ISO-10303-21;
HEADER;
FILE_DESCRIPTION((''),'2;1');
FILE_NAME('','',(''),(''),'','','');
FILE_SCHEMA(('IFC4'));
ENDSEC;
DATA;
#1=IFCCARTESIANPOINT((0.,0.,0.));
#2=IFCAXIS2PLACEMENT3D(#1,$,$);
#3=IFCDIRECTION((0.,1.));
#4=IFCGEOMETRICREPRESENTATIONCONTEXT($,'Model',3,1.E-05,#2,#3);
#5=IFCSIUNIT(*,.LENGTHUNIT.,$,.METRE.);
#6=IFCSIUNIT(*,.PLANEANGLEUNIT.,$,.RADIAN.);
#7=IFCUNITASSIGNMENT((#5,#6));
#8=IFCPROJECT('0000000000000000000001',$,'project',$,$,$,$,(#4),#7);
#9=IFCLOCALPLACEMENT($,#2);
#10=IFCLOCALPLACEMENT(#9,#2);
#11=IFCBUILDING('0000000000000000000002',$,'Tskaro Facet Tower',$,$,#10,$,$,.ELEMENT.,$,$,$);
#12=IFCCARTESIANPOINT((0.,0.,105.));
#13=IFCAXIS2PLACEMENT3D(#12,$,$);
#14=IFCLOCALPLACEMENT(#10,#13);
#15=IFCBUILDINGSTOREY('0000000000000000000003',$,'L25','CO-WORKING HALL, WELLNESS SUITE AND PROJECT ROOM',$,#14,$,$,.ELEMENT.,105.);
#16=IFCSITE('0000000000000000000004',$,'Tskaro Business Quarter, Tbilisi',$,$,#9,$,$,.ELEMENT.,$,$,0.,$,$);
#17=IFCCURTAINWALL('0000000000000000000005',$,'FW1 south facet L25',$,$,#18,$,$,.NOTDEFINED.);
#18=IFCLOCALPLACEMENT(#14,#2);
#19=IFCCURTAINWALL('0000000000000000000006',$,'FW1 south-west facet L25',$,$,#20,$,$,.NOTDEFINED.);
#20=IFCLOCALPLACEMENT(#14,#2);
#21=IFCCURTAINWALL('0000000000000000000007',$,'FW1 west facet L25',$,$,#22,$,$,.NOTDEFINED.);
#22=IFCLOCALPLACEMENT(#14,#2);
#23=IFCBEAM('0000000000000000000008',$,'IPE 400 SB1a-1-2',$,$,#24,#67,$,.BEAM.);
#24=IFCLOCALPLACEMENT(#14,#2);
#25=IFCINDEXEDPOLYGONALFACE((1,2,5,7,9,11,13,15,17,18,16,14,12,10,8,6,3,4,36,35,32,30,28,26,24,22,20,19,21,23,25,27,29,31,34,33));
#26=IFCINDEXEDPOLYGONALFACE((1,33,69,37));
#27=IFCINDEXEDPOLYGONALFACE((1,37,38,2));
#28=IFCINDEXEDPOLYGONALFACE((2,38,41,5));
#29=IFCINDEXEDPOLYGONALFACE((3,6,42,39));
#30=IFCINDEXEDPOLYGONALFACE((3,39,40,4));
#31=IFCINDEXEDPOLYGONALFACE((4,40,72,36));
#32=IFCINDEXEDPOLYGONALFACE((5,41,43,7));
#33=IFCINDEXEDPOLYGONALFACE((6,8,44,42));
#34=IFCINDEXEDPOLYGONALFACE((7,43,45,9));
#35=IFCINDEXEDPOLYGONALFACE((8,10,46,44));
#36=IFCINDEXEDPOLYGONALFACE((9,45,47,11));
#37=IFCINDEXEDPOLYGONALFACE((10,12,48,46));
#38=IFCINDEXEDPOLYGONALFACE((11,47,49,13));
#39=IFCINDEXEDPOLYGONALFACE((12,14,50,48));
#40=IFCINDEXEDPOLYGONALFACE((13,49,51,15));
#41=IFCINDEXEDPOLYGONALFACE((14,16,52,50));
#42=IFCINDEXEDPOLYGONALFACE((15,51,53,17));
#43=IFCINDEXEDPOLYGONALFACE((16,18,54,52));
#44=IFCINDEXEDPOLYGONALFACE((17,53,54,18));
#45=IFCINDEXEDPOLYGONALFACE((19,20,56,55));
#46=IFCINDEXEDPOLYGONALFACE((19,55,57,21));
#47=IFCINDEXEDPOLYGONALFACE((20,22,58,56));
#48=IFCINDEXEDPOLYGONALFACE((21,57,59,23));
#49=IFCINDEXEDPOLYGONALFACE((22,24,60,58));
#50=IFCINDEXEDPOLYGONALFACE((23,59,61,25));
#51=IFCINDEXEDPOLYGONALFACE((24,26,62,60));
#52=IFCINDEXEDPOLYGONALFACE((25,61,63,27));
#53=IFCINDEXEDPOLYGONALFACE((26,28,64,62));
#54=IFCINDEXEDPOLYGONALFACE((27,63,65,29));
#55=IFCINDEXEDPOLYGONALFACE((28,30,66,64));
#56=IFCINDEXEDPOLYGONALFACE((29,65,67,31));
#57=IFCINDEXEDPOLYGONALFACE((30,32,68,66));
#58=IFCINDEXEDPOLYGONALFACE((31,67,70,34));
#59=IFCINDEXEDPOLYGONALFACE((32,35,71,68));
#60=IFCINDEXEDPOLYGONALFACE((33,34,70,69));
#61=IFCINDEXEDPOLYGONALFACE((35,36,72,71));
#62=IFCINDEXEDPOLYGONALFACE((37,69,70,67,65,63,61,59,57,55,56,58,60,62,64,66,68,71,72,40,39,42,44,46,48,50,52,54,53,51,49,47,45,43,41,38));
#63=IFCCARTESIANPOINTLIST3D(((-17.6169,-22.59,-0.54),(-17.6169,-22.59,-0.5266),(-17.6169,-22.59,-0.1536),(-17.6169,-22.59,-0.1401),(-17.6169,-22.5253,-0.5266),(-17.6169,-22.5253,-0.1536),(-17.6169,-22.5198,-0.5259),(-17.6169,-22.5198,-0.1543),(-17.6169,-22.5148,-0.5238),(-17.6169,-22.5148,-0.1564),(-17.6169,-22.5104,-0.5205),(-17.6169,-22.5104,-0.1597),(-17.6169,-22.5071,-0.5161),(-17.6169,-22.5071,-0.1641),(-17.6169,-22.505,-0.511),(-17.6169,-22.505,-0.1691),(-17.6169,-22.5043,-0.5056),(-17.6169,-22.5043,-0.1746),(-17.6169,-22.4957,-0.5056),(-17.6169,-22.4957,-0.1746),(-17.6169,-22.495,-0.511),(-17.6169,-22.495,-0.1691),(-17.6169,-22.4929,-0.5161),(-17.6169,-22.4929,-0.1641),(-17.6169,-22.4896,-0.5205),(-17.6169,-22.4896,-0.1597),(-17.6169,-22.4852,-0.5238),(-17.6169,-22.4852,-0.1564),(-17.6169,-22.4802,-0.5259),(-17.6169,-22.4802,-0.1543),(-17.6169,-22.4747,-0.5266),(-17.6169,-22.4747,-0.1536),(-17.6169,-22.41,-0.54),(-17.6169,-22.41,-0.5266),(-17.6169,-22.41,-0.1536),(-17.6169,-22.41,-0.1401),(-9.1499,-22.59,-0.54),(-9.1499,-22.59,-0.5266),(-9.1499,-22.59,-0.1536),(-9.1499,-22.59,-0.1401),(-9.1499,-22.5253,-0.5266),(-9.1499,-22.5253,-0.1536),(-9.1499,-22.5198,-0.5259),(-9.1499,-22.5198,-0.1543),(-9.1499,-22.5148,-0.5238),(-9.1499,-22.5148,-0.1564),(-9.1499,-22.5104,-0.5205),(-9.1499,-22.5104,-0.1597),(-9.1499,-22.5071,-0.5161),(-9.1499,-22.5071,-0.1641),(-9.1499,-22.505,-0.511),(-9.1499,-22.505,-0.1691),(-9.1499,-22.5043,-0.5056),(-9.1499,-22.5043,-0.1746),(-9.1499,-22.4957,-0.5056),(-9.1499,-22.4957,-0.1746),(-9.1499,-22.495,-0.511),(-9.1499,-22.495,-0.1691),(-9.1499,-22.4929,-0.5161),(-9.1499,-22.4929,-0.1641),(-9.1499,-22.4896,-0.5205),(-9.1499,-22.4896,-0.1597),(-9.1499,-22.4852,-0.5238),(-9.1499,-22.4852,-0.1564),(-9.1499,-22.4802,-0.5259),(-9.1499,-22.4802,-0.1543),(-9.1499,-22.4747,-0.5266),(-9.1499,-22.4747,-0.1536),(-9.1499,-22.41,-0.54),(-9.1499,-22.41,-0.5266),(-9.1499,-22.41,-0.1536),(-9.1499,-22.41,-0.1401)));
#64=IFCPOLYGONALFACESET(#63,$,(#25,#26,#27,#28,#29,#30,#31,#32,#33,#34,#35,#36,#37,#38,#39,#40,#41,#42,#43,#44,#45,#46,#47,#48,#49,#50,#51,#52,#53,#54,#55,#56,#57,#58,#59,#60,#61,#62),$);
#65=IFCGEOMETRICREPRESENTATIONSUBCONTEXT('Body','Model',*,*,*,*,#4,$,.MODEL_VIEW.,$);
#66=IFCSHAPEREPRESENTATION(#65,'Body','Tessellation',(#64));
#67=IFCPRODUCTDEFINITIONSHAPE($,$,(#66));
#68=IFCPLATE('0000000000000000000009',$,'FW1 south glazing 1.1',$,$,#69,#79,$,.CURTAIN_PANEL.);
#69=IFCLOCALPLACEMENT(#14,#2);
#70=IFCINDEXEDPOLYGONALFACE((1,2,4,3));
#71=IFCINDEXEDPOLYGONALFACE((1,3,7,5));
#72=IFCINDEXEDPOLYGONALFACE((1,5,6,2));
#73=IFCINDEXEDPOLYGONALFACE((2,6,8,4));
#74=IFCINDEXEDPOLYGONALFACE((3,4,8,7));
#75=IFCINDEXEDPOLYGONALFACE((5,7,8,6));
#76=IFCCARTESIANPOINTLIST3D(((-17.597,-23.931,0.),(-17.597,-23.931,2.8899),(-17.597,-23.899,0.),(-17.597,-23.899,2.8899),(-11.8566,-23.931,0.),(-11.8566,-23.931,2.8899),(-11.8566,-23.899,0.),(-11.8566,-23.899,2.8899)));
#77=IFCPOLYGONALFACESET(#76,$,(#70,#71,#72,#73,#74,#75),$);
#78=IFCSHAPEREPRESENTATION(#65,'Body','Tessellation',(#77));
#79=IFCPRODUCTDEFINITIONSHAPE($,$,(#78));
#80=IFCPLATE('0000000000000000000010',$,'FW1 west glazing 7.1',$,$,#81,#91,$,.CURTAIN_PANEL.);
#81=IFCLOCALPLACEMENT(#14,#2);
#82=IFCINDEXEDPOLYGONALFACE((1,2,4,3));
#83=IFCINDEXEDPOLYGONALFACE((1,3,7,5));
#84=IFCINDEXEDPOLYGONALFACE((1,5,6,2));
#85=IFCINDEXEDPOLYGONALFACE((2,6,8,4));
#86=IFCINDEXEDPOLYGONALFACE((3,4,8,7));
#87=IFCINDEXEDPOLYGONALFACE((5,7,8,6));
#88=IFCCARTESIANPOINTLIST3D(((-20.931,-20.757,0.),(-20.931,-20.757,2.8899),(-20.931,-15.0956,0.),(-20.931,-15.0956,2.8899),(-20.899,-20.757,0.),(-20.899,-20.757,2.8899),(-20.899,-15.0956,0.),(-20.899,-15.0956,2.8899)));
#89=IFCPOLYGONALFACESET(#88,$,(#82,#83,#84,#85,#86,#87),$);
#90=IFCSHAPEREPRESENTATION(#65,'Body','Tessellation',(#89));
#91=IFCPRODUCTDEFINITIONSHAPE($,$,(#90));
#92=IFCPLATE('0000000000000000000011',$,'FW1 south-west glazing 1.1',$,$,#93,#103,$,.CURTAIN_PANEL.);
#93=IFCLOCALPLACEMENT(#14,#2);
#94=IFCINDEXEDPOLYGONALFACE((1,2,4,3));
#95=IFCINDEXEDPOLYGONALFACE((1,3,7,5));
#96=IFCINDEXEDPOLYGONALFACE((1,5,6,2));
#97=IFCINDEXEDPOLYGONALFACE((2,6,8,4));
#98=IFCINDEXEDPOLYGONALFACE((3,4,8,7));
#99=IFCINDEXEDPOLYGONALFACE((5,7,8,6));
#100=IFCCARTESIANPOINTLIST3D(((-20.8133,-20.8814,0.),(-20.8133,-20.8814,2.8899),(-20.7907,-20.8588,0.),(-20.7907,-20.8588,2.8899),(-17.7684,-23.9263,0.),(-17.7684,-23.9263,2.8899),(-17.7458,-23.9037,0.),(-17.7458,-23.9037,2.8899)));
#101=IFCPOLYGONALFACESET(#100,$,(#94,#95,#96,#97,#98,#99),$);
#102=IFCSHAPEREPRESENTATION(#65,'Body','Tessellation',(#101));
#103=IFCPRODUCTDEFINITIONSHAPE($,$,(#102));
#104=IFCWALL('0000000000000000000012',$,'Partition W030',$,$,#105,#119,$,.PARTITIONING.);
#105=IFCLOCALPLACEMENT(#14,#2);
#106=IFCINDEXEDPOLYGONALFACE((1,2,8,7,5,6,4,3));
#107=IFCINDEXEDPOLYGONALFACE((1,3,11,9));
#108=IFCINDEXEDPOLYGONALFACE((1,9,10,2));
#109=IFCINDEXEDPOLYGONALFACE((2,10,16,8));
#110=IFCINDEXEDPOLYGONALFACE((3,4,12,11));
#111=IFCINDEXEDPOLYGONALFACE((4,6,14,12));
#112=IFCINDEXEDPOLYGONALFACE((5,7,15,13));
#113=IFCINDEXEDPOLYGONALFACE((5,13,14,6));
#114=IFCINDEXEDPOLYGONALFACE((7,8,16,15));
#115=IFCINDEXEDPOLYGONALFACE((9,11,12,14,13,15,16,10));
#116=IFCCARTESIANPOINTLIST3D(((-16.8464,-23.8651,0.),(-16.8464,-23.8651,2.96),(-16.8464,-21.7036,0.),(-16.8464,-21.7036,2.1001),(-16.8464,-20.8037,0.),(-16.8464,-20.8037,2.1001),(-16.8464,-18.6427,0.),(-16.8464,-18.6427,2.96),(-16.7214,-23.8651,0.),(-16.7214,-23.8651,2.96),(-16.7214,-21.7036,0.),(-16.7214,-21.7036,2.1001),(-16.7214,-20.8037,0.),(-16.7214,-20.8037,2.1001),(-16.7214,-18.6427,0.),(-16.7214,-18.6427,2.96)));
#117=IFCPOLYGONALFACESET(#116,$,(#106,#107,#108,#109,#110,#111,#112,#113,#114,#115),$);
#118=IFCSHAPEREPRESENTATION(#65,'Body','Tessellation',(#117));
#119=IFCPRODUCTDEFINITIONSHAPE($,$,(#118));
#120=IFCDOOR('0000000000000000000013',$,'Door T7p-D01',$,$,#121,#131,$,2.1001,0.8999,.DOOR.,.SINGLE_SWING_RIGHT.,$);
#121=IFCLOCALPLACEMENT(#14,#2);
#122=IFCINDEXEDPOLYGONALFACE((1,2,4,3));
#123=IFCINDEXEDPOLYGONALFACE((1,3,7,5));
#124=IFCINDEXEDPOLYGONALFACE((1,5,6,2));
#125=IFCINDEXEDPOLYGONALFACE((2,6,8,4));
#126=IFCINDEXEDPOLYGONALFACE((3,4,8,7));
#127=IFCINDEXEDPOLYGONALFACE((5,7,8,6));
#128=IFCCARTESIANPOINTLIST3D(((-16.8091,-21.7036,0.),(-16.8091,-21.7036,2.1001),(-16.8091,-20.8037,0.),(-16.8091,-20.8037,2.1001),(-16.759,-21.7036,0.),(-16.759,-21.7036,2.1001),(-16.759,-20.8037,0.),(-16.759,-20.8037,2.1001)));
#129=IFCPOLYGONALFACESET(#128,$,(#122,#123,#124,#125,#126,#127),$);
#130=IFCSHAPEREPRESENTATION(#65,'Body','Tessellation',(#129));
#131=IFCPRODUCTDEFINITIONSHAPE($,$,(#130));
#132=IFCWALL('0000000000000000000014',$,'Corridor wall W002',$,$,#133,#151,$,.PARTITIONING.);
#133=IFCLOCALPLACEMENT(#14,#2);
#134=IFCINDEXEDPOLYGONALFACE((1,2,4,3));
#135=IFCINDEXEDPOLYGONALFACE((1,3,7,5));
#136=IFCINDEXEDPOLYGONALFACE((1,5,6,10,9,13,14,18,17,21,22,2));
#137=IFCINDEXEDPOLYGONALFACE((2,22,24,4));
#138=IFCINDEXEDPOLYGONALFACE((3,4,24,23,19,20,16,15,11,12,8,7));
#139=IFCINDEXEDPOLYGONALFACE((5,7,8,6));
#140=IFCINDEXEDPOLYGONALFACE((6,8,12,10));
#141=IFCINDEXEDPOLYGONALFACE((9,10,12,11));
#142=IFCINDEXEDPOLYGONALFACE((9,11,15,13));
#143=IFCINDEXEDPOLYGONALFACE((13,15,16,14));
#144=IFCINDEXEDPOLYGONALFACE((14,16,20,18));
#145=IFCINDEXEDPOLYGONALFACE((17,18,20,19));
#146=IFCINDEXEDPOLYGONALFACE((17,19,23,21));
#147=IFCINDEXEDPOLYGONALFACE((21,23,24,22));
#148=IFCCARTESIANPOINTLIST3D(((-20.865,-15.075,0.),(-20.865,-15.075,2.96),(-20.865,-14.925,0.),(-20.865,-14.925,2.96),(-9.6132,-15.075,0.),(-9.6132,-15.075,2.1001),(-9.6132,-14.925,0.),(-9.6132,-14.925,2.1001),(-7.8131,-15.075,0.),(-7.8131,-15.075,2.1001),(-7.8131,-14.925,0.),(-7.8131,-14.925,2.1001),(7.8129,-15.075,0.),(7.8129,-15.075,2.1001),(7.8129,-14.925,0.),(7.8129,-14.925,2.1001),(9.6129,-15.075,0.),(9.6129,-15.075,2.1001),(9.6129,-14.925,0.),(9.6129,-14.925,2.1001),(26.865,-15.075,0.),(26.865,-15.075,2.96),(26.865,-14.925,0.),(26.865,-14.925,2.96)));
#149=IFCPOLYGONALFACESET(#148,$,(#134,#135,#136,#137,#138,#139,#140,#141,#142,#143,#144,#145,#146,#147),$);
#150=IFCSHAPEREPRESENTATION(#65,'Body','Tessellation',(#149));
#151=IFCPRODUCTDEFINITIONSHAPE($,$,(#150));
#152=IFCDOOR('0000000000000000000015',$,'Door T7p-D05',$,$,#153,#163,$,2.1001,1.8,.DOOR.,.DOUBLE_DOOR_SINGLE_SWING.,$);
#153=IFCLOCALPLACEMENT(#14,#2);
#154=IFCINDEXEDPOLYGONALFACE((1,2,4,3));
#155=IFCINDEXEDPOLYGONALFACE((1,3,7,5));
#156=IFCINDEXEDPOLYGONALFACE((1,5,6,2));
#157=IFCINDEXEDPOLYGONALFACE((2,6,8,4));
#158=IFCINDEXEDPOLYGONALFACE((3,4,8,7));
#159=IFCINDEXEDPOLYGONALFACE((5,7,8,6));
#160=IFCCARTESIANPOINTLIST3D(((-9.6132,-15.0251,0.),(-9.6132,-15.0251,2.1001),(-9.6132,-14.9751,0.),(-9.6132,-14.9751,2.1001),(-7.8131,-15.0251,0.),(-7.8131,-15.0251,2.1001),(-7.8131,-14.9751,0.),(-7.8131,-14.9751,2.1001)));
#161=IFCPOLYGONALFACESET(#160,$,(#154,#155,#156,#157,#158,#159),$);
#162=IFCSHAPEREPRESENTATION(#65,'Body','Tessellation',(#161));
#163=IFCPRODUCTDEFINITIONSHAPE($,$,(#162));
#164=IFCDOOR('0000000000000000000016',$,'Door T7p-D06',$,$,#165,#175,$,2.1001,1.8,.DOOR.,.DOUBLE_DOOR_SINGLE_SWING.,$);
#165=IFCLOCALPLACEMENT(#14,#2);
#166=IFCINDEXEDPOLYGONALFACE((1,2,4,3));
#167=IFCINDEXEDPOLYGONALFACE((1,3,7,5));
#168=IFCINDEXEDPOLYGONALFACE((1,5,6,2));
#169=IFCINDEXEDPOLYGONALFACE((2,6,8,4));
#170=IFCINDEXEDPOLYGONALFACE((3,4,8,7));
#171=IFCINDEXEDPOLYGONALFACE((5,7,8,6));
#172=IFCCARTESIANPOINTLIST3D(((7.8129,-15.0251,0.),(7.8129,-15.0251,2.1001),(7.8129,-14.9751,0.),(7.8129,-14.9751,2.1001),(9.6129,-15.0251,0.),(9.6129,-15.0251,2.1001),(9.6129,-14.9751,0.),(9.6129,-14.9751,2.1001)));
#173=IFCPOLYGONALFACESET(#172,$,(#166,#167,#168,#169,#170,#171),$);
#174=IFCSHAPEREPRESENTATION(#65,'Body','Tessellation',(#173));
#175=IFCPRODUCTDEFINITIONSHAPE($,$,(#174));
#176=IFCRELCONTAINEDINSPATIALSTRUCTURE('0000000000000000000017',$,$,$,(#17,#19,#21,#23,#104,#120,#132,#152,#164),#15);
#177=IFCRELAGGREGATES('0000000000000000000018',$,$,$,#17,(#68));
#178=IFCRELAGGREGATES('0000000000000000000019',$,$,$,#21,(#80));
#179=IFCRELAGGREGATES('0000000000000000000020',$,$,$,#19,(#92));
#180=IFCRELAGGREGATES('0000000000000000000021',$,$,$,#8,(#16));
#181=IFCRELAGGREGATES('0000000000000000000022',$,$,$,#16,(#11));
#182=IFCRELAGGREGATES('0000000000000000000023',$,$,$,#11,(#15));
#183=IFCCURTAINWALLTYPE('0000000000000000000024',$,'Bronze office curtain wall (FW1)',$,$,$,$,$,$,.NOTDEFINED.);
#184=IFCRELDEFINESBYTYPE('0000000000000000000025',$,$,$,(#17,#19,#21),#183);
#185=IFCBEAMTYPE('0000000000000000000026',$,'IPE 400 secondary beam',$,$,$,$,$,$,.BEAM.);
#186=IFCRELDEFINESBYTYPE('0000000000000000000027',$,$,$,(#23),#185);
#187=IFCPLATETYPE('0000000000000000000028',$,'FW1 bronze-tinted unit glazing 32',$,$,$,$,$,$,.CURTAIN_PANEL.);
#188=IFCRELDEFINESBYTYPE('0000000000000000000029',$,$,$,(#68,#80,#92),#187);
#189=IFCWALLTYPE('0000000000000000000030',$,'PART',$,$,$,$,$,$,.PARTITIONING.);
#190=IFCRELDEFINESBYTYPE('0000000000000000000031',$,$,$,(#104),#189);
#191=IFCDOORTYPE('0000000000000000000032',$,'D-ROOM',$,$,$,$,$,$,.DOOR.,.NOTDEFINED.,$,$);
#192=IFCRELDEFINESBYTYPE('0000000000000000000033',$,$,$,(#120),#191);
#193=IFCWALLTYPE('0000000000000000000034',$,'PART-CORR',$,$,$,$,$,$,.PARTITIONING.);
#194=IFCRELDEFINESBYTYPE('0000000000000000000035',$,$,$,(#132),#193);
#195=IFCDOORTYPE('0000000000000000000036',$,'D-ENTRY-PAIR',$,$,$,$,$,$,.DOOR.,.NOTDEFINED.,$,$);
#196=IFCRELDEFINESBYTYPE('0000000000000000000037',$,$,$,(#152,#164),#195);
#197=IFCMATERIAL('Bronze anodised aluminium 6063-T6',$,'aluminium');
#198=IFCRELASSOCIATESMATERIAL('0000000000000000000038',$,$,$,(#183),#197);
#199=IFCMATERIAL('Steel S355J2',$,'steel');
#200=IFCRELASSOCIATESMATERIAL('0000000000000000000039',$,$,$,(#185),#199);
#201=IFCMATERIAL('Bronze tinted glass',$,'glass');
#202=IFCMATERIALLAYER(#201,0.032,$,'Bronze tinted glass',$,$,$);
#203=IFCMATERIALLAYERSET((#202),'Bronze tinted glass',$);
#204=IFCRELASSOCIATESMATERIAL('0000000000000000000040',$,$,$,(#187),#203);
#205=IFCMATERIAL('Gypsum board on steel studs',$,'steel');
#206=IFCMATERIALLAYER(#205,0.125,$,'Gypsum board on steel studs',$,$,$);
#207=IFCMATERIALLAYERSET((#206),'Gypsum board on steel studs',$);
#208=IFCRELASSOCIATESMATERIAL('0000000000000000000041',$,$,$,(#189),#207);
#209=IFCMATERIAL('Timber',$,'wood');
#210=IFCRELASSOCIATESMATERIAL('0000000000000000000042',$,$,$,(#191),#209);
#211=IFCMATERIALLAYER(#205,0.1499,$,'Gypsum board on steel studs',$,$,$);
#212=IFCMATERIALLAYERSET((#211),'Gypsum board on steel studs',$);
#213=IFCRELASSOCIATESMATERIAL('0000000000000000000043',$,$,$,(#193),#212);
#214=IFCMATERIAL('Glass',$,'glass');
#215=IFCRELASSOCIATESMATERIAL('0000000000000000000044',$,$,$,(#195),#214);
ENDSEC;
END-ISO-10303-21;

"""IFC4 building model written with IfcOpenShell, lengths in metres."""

from ifc_helpers import new_model, si_unit, direction, frame, frame_2d, origin, origin_2d, place, context, subcontext, project, spatial, rectangle, i_section, extrude, material, layer, layer_set, material_profile, profile_set, type_object, element, fill, aggregate, save


model = new_model("IFC4")

# Units and contexts
model_context = context("Model", 3, precision=1e-05, world=origin(), true_north=direction((0.0, 1.0)))
body_context = subcontext(model_context, "Body", "Model", "MODEL_VIEW")
ifc_project = project(units=[si_unit("LENGTHUNIT", "METRE"), si_unit("PLANEANGLEUNIT", "RADIAN")], contexts=[model_context])

# Site, building, storey
site_placement = place(None, origin())
site = spatial("IfcSite", under=ifc_project, at=site_placement, Name="Tskaro Business Quarter, Tbilisi", CompositionType="ELEMENT", RefElevation=0.0)
building_placement = place(site_placement, origin())
building = spatial("IfcBuilding", under=site, at=building_placement, Name="Tskaro Facet Tower", CompositionType="ELEMENT")
storey_placement = place(building_placement, frame((0.0, 0.0, 105.0)))
storey = spatial("IfcBuildingStorey", under=building, at=storey_placement, Name="L25", Description="CO-WORKING HALL, WELLNESS SUITE AND PROJECT ROOM", CompositionType="ELEMENT", Elevation=105.0)

# Curtain walls
ifc_material_1 = material(Name="Bronze anodised aluminium 6063-T6", Category="aluminium")
curtain_wall_type = type_object("IfcCurtainWallType", Name="Bronze office curtain wall (FW1)", PredefinedType="NOTDEFINED", material=ifc_material_1)
curtain_wall_1_placement = place(storey_placement, origin())
curtain_wall_1 = element("IfcCurtainWall", 1, at=curtain_wall_1_placement, inside=storey, type_object=curtain_wall_type, Name="FW1 south facet L25", PredefinedType="NOTDEFINED")
curtain_wall_2_placement = place(storey_placement, origin())
curtain_wall_2 = element("IfcCurtainWall", 2, at=curtain_wall_2_placement, inside=storey, type_object=curtain_wall_type, Name="FW1 south-west facet L25", PredefinedType="NOTDEFINED")
curtain_wall_3_placement = place(storey_placement, origin())
curtain_wall_3 = element("IfcCurtainWall", 3, at=curtain_wall_3_placement, inside=storey, type_object=curtain_wall_type, Name="FW1 west facet L25", PredefinedType="NOTDEFINED")

# Beam
ifc_material_2 = material(Name="Steel S355J2", Category="steel")
ifc_material_profile_1 = material_profile(ifc_material_2, i_section(OverallWidth=0.1799, OverallDepth=0.3999, WebThickness=0.0085, FlangeThickness=0.0134, FilletRadius=0.021, at=origin_2d()), Name="IPE 400")
ifc_profile_set_1 = profile_set([ifc_material_profile_1], Name="Steel S355J2")
beam_type_1 = type_object("IfcBeamType", Name="IPE 400 secondary beam", PredefinedType="BEAM", material=ifc_profile_set_1)
beam_1_placement = place(storey_placement, frame((-17.6169, -22.5, -0.3401), z_axis=(1.0, 0.0, 0.0), x_axis=(0.0, 1.0, 0.0)))
element("IfcBeam", 4, at=beam_1_placement, inside=storey, type_object=beam_type_1, Name="IPE 400 SB1a-1-2", PredefinedType="BEAM", context=body_context, shape_type="SweptSolid", body=[
    extrude(i_section(OverallWidth=0.1799, OverallDepth=0.3999, WebThickness=0.0085, FlangeThickness=0.0134, FilletRadius=0.021, at=origin_2d()), origin(), (0.0, 0.0, 1.0), 8.467),
])

# Plates
ifc_material_3 = material(Name="Bronze tinted glass", Category="glass")
ifc_layer_1 = layer(ifc_material_3, 0.032, Name="Bronze tinted glass")
ifc_layer_set_1 = layer_set([ifc_layer_1], Name="Bronze tinted glass")
plate_type = type_object("IfcPlateType", Name="FW1 bronze-tinted unit glazing 32", PredefinedType="CURTAIN_PANEL", material=ifc_layer_set_1)
plate_1_placement = place(storey_placement, frame((-14.7268, -23.915, 0.0), z_axis=(0.0, 0.0, 1.0), x_axis=(1.0, 0.0, 0.0)))
plate_1 = element("IfcPlate", 5, at=plate_1_placement, type_object=plate_type, Name="FW1 south glazing 1.1", PredefinedType="CURTAIN_PANEL", context=body_context, shape_type="SweptSolid", body=[
    extrude(rectangle(XDim=5.7405, YDim=0.032, at=origin_2d()), origin(), (0.0, 0.0, 1.0), 2.8899),
])
aggregate(curtain_wall_1, [plate_1])
plate_2_placement = place(storey_placement, frame((-20.915, -17.9263, 0.0), z_axis=(0.0, 0.0, 1.0), x_axis=(0.0, -1.0, 0.0)))
plate_2 = element("IfcPlate", 6, at=plate_2_placement, type_object=plate_type, Name="FW1 west glazing 7.1", PredefinedType="CURTAIN_PANEL", context=body_context, shape_type="SweptSolid", body=[
    extrude(rectangle(XDim=5.6614, YDim=0.032, at=origin_2d()), origin(), (0.0, 0.0, 1.0), 2.8899),
])
aggregate(curtain_wall_3, [plate_2])
plate_3_placement = place(storey_placement, frame((-19.2795, -22.3926, 0.0), z_axis=(0.0, 0.0, 1.0), x_axis=(0.707107, -0.707107, 0.0)))
plate_3 = element("IfcPlate", 7, at=plate_3_placement, type_object=plate_type, Name="FW1 south-west glazing 1.1", PredefinedType="CURTAIN_PANEL", context=body_context, shape_type="SweptSolid", body=[
    extrude(rectangle(XDim=4.3062, YDim=0.032, at=origin_2d()), origin(), (0.0, 0.0, 1.0), 2.8899),
])
aggregate(curtain_wall_2, [plate_3])

# Wall, opening, door
ifc_material_4 = material(Name="Gypsum board on steel studs", Category="steel")
ifc_layer_2 = layer(ifc_material_4, 0.125, Name="Gypsum board on steel studs")
ifc_layer_set_2 = layer_set([ifc_layer_2], Name="Gypsum board on steel studs")
wall_type_1 = type_object("IfcWallType", Name="PART", PredefinedType="PARTITIONING", material=ifc_layer_set_2)
wall_1_placement = place(storey_placement, frame((-16.7839, -18.6426, 0.0), z_axis=(0.0, 0.0, 1.0), x_axis=(0.0, -1.0, 0.0)))
wall_1 = element("IfcWall", 8, at=wall_1_placement, inside=storey, type_object=wall_type_1, Name="Partition W030", PredefinedType="PARTITIONING", context=body_context, shape_type="SweptSolid", body=[
    extrude(rectangle(XDim=5.2224, YDim=0.125, at=frame_2d((2.6113, 0.0))), origin(), (0.0, 0.0, 1.0), 2.96),
])
opening_1_placement = place(wall_1_placement, frame((2.1611, 0.0, 0.0)))
opening_1 = element("IfcOpeningElement", 9, at=opening_1_placement, cuts=wall_1, PredefinedType="OPENING", context=body_context, shape_type="SweptSolid", body=[
    extrude(rectangle(XDim=0.8999, YDim=2.1001, at=frame_2d((0.45, 1.05))), frame((0.0, 0.0725, 0.0), z_axis=(0.0, -1.0, 0.0), x_axis=(1.0, 0.0, 0.0)), (0.0, 0.0, 1.0), 0.145),
])
ifc_material_5 = material(Name="Timber", Category="wood")
door_type_1 = type_object("IfcDoorType", Name="D-ROOM", OperationType="NOTDEFINED", PredefinedType="DOOR", material=ifc_material_5)
door_1_placement = place(opening_1_placement, origin())
door_1 = element("IfcDoor", 10, at=door_1_placement, inside=storey, type_object=door_type_1, Name="Door T7p-D01", OperationType="SINGLE_SWING_RIGHT", OverallHeight=2.1001, OverallWidth=0.8999, PredefinedType="DOOR", context=body_context, shape_type="SweptSolid", body=[
    extrude(rectangle(XDim=0.8999, YDim=2.1001, at=frame_2d((0.45, 1.05))), frame((0.0, 0.0249, 0.0), z_axis=(0.0, -1.0, 0.0), x_axis=(1.0, 0.0, 0.0)), (0.0, 0.0, 1.0), 0.05),
])
fill(opening_1, door_1)

# Wall, openings, doors
ifc_layer_3 = layer(ifc_material_4, 0.1499, Name="Gypsum board on steel studs")
ifc_layer_set_3 = layer_set([ifc_layer_3], Name="Gypsum board on steel studs")
wall_type_2 = type_object("IfcWallType", Name="PART-CORR", PredefinedType="PARTITIONING", material=ifc_layer_set_3)
wall_2_placement = place(storey_placement, frame((-20.865, -15.0, 0.0), z_axis=(0.0, 0.0, 1.0), x_axis=(1.0, 0.0, 0.0)))
wall_2 = element("IfcWall", 11, at=wall_2_placement, inside=storey, type_object=wall_type_2, Name="Corridor wall W002", PredefinedType="PARTITIONING", context=body_context, shape_type="SweptSolid", body=[
    extrude(rectangle(XDim=47.73, YDim=0.1499, at=frame_2d((23.865, 0.0))), origin(), (0.0, 0.0, 1.0), 2.96),
])
opening_2_placement = place(wall_2_placement, frame((11.252, 0.0, 0.0)))
opening_2 = element("IfcOpeningElement", 12, at=opening_2_placement, cuts=wall_2, PredefinedType="OPENING", context=body_context, shape_type="SweptSolid", body=[
    extrude(rectangle(XDim=1.8, YDim=2.1001, at=frame_2d((0.8999, 1.05))), frame((0.0, 0.085, 0.0), z_axis=(0.0, -1.0, 0.0), x_axis=(1.0, 0.0, 0.0)), (0.0, 0.0, 1.0), 0.1699),
])
opening_3_placement = place(wall_2_placement, frame((28.678, 0.0, 0.0)))
opening_3 = element("IfcOpeningElement", 13, at=opening_3_placement, cuts=wall_2, PredefinedType="OPENING", context=body_context, shape_type="SweptSolid", body=[
    extrude(rectangle(XDim=1.8, YDim=2.1001, at=frame_2d((0.8999, 1.05))), frame((0.0, 0.085, 0.0), z_axis=(0.0, -1.0, 0.0), x_axis=(1.0, 0.0, 0.0)), (0.0, 0.0, 1.0), 0.1699),
])
ifc_material_6 = material(Name="Glass", Category="glass")
door_type_2 = type_object("IfcDoorType", Name="D-ENTRY-PAIR", OperationType="NOTDEFINED", PredefinedType="DOOR", material=ifc_material_6)
door_2_placement = place(opening_2_placement, origin())
door_2 = element("IfcDoor", 14, at=door_2_placement, inside=storey, type_object=door_type_2, Name="Door T7p-D05", OperationType="DOUBLE_DOOR_SINGLE_SWING", OverallHeight=2.1001, OverallWidth=1.8, PredefinedType="DOOR", context=body_context, shape_type="SweptSolid", body=[
    extrude(rectangle(XDim=1.8, YDim=2.1001, at=frame_2d((0.8999, 1.05))), frame((0.0, 0.0249, 0.0), z_axis=(0.0, -1.0, 0.0), x_axis=(1.0, 0.0, 0.0)), (0.0, 0.0, 1.0), 0.05),
])
fill(opening_2, door_2)
door_3_placement = place(opening_3_placement, origin())
door_3 = element("IfcDoor", 15, at=door_3_placement, inside=storey, type_object=door_type_2, Name="Door T7p-D06", OperationType="DOUBLE_DOOR_SINGLE_SWING", OverallHeight=2.1001, OverallWidth=1.8, PredefinedType="DOOR", context=body_context, shape_type="SweptSolid", body=[
    extrude(rectangle(XDim=1.8, YDim=2.1001, at=frame_2d((0.8999, 1.05))), frame((0.0, 0.0249, 0.0), z_axis=(0.0, -1.0, 0.0), x_axis=(1.0, 0.0, 0.0)), (0.0, 0.0, 1.0), 0.05),
])
fill(opening_3, door_3)

save(model, "model.ifc")
